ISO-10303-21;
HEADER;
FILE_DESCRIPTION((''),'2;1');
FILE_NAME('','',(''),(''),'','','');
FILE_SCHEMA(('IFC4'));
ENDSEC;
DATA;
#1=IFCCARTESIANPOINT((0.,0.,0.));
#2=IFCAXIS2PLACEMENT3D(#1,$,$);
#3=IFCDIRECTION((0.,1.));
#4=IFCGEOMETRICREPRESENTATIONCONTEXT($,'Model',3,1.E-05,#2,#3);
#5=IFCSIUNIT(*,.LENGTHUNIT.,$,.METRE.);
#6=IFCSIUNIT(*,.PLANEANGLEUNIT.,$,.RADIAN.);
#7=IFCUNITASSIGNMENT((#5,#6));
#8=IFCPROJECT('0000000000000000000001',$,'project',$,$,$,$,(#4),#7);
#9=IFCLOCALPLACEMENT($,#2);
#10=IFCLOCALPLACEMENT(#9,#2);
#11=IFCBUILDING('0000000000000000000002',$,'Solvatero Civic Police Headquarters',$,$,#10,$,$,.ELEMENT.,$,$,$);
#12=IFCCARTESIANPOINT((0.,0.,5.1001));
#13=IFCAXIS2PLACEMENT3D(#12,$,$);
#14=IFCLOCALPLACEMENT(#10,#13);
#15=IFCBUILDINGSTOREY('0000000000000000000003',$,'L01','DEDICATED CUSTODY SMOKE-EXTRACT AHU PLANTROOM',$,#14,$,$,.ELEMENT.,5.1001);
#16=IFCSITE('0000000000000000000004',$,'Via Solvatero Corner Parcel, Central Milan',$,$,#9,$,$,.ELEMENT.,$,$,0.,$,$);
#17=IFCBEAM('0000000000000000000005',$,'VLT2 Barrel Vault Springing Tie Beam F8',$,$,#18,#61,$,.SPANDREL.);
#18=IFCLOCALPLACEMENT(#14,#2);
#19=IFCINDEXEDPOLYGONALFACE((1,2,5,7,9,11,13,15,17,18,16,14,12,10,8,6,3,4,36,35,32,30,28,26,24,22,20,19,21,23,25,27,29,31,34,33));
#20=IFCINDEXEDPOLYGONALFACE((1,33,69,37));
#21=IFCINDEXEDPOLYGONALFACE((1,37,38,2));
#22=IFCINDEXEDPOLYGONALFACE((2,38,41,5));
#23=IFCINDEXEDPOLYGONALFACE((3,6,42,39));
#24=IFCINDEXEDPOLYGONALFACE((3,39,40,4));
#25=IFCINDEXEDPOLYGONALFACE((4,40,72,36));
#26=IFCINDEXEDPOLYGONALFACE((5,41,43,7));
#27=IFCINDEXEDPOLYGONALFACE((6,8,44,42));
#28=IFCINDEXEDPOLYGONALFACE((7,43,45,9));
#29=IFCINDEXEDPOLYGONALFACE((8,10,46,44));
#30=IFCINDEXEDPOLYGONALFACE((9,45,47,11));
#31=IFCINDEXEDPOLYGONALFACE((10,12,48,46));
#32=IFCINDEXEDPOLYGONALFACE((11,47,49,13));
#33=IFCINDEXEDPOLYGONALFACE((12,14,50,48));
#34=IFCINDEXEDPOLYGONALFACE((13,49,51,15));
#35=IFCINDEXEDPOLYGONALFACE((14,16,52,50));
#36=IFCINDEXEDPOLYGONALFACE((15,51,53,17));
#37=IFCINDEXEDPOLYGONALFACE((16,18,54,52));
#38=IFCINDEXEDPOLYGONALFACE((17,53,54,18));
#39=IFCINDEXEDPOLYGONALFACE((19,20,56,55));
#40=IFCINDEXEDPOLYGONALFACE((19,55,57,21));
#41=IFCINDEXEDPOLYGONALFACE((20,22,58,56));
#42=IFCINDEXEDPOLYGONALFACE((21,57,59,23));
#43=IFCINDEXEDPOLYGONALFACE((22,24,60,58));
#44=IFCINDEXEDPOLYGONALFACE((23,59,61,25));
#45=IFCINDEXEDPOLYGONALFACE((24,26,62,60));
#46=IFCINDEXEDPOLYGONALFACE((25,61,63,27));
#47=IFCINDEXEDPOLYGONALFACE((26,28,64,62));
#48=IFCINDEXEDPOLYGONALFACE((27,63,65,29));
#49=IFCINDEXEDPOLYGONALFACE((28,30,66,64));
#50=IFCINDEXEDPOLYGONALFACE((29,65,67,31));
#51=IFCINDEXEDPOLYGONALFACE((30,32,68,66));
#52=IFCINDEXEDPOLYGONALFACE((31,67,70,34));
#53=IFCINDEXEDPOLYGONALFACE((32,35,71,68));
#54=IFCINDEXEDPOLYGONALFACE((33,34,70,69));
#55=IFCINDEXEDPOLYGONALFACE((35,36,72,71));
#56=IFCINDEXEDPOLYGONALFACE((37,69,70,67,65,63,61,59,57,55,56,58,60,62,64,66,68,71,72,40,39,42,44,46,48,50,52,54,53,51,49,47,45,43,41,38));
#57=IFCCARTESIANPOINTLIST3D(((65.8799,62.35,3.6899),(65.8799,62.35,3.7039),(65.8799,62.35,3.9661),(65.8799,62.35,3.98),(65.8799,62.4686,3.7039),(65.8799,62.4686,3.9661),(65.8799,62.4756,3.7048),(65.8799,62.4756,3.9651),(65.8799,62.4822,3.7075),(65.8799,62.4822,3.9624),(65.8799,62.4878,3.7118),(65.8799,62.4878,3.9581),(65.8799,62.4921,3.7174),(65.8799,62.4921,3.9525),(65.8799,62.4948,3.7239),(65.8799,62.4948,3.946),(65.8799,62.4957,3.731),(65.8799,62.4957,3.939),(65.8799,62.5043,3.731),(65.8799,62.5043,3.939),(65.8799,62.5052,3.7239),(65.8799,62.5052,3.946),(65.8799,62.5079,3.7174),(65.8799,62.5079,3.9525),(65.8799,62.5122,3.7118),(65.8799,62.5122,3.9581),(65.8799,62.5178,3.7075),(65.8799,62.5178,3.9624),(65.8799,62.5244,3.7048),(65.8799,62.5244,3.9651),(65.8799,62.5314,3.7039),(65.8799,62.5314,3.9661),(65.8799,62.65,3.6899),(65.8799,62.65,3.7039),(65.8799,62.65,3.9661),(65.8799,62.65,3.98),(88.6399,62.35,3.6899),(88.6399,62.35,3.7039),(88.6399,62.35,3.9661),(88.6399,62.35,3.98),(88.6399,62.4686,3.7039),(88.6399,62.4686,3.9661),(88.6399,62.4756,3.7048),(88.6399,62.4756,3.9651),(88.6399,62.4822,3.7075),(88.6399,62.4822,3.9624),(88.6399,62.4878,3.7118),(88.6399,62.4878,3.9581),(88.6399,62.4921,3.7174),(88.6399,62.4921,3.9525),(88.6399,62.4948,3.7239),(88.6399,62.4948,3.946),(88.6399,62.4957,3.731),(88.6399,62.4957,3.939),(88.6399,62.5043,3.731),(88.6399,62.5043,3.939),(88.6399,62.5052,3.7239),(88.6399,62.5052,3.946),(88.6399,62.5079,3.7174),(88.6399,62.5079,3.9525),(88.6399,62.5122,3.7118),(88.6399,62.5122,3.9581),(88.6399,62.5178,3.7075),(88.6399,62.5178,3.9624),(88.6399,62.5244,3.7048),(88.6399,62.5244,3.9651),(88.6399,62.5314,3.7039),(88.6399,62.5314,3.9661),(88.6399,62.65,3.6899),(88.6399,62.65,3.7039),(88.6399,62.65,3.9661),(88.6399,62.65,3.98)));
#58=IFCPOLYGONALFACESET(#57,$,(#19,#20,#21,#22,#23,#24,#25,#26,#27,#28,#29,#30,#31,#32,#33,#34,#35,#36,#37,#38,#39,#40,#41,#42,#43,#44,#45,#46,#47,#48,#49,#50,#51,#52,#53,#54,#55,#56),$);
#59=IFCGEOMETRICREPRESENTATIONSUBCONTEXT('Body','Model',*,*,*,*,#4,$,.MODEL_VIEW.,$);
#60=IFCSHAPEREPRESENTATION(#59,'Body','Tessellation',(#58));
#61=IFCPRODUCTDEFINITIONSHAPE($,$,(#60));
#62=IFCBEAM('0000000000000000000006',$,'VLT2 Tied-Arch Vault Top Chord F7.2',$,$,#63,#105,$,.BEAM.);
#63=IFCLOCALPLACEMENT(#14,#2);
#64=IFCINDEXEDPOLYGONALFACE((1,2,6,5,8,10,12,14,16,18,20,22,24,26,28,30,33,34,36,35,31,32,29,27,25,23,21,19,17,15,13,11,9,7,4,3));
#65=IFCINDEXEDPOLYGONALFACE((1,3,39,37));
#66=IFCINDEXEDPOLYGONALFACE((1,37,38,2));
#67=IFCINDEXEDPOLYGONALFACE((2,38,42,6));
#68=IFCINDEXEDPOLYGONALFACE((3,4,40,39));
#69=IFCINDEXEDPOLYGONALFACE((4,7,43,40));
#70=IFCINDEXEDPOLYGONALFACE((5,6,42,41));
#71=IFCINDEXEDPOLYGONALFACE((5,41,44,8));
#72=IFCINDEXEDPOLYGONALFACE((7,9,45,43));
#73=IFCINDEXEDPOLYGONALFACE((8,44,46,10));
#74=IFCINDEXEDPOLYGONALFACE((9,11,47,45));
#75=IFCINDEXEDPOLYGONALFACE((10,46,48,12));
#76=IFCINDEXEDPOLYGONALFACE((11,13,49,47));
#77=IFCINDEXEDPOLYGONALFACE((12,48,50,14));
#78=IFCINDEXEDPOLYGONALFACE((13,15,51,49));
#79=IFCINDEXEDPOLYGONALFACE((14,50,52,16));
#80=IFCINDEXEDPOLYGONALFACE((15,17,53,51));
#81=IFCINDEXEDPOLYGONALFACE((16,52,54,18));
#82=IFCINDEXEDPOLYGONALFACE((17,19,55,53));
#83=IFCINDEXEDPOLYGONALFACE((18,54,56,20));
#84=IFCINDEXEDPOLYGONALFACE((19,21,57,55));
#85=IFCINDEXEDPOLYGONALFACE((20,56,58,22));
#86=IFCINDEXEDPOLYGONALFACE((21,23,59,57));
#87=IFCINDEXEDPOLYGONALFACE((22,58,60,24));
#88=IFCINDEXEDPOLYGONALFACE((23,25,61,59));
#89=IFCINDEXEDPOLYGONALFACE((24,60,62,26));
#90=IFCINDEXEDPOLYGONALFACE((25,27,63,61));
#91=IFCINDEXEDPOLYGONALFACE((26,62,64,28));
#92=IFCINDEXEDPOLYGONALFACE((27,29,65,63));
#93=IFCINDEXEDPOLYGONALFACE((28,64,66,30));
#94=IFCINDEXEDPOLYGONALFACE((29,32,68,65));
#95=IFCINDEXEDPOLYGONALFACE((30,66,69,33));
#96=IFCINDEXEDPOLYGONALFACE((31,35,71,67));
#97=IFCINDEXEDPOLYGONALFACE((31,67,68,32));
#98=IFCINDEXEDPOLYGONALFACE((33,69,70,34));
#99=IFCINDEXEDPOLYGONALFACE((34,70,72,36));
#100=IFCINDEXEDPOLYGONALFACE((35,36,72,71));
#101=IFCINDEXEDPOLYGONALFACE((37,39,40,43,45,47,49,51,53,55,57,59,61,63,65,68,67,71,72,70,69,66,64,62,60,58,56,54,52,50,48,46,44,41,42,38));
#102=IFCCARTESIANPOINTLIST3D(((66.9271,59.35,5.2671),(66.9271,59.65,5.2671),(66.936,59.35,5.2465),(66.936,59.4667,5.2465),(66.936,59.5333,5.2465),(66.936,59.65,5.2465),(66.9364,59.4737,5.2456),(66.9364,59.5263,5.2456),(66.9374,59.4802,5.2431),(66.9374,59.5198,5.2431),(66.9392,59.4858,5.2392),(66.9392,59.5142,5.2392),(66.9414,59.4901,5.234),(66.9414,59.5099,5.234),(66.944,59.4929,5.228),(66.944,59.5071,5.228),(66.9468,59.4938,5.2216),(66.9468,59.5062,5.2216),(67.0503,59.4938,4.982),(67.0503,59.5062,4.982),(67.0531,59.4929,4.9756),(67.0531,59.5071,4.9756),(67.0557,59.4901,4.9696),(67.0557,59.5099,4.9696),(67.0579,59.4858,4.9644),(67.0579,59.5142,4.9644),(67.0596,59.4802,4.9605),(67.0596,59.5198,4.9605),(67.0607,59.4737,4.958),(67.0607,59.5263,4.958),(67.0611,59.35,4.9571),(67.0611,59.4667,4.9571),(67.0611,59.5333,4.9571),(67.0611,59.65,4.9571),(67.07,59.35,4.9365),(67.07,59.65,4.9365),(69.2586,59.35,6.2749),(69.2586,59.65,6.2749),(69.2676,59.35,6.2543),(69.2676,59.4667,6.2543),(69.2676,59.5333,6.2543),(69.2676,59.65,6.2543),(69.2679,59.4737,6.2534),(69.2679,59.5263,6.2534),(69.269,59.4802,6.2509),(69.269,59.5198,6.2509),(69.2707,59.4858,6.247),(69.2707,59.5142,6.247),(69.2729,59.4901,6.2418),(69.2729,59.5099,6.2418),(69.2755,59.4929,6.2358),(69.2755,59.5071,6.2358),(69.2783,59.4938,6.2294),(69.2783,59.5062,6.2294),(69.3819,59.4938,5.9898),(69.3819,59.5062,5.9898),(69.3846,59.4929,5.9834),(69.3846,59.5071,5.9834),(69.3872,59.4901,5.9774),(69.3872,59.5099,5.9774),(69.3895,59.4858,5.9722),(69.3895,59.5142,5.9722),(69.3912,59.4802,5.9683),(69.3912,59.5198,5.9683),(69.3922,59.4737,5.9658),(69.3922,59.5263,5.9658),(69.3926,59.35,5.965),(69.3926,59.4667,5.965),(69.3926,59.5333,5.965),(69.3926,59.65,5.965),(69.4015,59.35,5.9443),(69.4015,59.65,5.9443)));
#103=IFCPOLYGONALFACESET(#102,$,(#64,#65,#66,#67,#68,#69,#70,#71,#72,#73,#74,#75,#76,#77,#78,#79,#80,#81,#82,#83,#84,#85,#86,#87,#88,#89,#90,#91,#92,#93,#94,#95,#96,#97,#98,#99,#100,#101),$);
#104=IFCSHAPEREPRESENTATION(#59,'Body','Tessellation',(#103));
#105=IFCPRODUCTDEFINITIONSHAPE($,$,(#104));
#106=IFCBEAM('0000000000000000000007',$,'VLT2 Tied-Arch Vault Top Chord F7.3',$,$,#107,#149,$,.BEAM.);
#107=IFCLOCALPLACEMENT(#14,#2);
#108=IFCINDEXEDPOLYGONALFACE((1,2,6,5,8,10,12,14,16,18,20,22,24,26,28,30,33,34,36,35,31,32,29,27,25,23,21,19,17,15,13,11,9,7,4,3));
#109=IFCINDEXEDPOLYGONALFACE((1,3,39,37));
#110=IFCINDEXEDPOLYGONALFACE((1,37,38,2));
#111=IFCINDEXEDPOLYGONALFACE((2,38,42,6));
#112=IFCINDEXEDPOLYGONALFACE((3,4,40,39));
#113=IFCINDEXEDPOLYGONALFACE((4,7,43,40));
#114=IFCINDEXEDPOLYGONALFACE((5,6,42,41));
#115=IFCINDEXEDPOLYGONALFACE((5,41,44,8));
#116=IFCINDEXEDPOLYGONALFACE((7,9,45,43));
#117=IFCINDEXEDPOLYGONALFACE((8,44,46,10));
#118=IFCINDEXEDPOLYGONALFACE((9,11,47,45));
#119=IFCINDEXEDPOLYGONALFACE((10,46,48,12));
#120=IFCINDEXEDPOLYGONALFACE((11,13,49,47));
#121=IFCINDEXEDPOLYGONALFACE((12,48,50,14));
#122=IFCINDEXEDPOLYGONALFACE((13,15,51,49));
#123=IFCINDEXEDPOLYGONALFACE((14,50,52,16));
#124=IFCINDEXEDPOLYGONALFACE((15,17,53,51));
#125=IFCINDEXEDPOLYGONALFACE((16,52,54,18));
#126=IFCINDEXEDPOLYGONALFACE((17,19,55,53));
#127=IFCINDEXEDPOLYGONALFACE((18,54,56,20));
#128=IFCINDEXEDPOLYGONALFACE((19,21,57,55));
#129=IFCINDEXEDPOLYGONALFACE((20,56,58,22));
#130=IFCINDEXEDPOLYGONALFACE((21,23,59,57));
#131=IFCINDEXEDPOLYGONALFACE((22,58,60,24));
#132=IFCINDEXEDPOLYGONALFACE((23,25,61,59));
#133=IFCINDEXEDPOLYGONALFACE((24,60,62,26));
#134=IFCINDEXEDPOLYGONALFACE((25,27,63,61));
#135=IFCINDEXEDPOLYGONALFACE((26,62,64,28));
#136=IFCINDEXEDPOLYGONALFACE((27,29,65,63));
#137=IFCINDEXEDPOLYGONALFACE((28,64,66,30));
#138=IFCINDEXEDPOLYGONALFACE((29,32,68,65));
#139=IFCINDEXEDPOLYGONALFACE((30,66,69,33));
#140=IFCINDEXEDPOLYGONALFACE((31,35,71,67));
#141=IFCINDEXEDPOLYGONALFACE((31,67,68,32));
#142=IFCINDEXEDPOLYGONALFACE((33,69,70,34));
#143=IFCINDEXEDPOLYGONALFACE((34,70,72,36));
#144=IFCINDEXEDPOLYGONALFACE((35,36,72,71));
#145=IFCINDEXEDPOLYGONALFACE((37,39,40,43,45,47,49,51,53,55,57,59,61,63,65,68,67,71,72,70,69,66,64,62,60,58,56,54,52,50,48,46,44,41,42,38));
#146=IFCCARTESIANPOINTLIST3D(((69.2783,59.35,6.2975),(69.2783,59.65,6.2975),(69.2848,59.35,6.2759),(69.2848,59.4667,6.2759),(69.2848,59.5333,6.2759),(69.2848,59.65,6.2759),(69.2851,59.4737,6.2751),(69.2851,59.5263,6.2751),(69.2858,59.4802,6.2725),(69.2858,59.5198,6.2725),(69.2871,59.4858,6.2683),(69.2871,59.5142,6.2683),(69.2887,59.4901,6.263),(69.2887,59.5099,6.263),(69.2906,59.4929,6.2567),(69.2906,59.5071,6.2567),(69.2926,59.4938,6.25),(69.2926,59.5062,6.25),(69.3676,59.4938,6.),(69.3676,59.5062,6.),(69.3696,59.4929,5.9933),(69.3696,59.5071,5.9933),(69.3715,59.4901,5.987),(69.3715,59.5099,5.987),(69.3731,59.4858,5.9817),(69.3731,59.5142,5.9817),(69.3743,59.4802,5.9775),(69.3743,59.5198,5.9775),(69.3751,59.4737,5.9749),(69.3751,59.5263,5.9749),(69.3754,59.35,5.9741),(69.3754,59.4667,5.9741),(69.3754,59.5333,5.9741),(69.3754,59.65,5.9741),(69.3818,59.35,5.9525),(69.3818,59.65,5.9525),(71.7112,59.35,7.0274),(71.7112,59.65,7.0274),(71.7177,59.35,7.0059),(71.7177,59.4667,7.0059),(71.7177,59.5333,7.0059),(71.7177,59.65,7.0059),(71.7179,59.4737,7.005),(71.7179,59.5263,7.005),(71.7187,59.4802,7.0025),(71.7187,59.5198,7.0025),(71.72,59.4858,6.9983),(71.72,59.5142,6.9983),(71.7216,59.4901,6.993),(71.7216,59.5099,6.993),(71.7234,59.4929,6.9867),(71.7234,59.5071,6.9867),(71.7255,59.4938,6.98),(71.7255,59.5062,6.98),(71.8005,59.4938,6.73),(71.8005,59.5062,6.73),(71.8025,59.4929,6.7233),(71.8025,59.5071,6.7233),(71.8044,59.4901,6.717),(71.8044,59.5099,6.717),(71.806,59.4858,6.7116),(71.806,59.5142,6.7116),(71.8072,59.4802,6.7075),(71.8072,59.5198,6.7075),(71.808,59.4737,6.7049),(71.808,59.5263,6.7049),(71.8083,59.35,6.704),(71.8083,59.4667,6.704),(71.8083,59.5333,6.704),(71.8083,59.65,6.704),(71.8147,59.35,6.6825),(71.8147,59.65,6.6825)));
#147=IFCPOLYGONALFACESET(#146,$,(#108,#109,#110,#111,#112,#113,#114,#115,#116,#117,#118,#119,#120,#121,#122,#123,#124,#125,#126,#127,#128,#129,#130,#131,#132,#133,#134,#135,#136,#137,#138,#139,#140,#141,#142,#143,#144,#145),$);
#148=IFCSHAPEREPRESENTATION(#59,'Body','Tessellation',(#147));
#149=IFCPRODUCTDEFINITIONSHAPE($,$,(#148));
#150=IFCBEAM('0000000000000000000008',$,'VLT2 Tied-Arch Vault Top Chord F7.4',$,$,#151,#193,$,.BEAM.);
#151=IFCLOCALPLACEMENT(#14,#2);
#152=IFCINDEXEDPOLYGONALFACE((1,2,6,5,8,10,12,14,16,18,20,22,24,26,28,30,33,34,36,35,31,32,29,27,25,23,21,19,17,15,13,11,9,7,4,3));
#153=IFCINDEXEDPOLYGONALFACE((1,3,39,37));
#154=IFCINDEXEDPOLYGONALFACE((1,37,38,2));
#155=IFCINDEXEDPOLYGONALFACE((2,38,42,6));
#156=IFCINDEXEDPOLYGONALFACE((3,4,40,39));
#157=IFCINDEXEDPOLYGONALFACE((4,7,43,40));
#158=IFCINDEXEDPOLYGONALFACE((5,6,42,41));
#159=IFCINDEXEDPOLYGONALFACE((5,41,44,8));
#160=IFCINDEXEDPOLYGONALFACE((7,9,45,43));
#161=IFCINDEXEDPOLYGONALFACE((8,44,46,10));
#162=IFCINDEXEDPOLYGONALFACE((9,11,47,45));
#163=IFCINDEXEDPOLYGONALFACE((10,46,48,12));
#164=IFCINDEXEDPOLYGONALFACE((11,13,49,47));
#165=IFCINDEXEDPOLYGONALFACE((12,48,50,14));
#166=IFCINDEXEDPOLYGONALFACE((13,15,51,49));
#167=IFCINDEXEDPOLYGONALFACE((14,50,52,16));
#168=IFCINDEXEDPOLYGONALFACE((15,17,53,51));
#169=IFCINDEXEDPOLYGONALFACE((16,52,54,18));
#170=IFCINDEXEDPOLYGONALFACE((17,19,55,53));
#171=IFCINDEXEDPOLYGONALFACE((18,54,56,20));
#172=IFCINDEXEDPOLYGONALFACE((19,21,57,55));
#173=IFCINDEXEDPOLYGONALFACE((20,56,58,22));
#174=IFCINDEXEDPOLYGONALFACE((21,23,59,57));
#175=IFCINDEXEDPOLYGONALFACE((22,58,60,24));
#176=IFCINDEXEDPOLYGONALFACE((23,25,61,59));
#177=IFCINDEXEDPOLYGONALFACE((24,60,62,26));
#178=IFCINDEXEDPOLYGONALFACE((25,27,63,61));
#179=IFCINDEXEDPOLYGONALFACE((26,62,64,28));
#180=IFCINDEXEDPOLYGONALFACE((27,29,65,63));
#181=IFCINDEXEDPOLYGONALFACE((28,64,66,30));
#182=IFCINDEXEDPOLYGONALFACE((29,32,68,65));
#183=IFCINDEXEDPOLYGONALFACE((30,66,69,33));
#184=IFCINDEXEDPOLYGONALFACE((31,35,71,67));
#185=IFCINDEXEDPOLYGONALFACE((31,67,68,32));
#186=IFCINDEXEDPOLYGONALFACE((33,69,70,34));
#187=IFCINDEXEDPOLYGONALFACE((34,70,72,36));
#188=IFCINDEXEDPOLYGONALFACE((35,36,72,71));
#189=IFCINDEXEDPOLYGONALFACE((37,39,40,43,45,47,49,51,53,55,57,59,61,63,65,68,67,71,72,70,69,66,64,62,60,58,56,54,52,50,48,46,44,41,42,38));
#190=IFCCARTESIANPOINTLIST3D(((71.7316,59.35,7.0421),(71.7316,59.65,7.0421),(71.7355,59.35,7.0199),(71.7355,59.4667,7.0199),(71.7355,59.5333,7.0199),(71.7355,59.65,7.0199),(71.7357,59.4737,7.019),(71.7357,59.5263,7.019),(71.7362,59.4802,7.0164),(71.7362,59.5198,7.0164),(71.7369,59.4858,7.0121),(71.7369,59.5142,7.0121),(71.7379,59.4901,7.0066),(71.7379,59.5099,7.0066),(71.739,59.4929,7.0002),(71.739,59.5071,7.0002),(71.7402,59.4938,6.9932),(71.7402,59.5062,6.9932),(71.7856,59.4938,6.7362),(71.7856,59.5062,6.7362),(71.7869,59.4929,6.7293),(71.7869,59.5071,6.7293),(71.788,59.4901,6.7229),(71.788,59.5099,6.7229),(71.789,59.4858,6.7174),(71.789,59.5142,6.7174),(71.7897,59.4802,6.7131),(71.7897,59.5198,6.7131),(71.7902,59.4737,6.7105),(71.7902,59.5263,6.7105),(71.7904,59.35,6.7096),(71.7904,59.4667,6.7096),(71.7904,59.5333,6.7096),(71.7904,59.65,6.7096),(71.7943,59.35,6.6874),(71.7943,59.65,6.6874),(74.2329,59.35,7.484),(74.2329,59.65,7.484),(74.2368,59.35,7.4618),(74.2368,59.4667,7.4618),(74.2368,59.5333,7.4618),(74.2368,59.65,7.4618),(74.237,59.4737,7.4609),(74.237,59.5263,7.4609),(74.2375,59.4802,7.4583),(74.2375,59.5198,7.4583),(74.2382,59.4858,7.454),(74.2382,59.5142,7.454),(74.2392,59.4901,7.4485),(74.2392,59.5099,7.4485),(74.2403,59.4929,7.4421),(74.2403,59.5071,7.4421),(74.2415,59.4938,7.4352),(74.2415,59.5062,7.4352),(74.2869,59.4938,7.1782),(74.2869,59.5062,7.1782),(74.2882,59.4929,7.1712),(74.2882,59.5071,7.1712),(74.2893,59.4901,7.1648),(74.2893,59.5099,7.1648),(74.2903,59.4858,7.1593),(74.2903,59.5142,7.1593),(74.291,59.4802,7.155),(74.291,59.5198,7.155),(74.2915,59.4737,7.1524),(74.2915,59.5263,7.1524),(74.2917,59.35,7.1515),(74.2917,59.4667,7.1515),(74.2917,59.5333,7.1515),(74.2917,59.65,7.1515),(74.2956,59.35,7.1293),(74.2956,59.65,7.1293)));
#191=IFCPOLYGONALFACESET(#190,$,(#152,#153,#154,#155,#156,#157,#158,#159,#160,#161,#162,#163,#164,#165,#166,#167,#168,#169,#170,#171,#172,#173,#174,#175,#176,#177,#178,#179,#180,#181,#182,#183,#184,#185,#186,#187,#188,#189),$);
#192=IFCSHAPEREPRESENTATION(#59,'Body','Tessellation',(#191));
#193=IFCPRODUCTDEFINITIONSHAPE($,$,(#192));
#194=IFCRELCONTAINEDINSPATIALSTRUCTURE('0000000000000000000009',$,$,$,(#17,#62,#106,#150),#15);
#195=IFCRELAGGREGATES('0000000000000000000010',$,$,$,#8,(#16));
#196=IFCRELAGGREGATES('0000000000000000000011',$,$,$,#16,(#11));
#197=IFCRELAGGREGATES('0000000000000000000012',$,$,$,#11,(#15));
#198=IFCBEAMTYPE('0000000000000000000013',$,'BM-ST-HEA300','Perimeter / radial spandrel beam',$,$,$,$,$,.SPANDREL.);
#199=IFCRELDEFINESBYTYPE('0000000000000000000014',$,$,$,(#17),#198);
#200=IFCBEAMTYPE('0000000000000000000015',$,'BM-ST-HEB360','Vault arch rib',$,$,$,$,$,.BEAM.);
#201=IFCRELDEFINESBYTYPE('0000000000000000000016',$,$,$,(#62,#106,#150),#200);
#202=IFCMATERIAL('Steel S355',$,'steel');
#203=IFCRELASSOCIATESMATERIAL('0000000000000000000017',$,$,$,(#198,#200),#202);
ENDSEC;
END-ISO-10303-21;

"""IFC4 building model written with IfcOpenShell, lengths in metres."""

from ifc_helpers import new_model, si_unit, direction, frame, origin, origin_2d, place, context, subcontext, project, spatial, i_section, extrude, material, material_profile, profile_set, type_object, element, save


model = new_model("IFC4")

# Units and contexts
model_context = context("Model", 3, precision=1e-05, world=origin(), true_north=direction((0.0, 1.0)))
body_context = subcontext(model_context, "Body", "Model", "MODEL_VIEW")
ifc_project = project(units=[si_unit("LENGTHUNIT", "METRE"), si_unit("PLANEANGLEUNIT", "RADIAN")], contexts=[model_context])

# Site, building, storey
site_placement = place(None, origin())
site = spatial("IfcSite", under=ifc_project, at=site_placement, Name="Via Solvatero Corner Parcel, Central Milan", CompositionType="ELEMENT", RefElevation=0.0)
building_placement = place(site_placement, origin())
building = spatial("IfcBuilding", under=site, at=building_placement, Name="Solvatero Civic Police Headquarters", CompositionType="ELEMENT")
storey_placement = place(building_placement, frame((0.0, 0.0, 5.1001)))
storey = spatial("IfcBuildingStorey", under=building, at=storey_placement, Name="L01", Description="DEDICATED CUSTODY SMOKE-EXTRACT AHU PLANTROOM", CompositionType="ELEMENT", Elevation=5.1001)

# Beams
ifc_material_1 = material(Name="Steel S355", Category="steel")
ifc_material_profile_1 = material_profile(ifc_material_1, i_section(OverallWidth=0.3, OverallDepth=0.29, WebThickness=0.0085, FlangeThickness=0.0139, FilletRadius=0.0271, at=origin_2d()), Name="HEA 300")
ifc_profile_set_1 = profile_set([ifc_material_profile_1], Name="Steel S355")
beam_type_1 = type_object("IfcBeamType", Name="BM-ST-HEA300", Description="Perimeter / radial spandrel beam", PredefinedType="SPANDREL", material=ifc_profile_set_1)
beam_placement = place(storey_placement, frame((65.8799, 62.5, 3.835), z_axis=(1.0, 0.0, 0.0), x_axis=(0.0, 1.0, 0.0)))
element("IfcBeam", 1, at=beam_placement, inside=storey, type_object=beam_type_1, Name="VLT2 Barrel Vault Springing Tie Beam F8", PredefinedType="SPANDREL", context=body_context, shape_type="SweptSolid", body=[
    extrude(i_section(OverallWidth=0.3, OverallDepth=0.29, WebThickness=0.0085, FlangeThickness=0.0139, FilletRadius=0.0271, at=origin_2d()), origin(), (0.0, 0.0, 1.0), 22.76),
])
ifc_material_profile_2 = material_profile(ifc_material_1, i_section(OverallWidth=0.3, OverallDepth=0.3601, WebThickness=0.0125, FlangeThickness=0.0225, FilletRadius=0.0271, at=origin_2d()), Name="HEB 360")
ifc_profile_set_2 = profile_set([ifc_material_profile_2], Name="Steel S355")
beam_type_2 = type_object("IfcBeamType", Name="BM-ST-HEB360", Description="Vault arch rib", PredefinedType="BEAM", material=ifc_profile_set_2)
for number, where, z_axis, x_axis, name in (
    (2, (66.9985, 59.5, 5.1018), (0.917918, 0.0, 0.396771), (0.0, 1.0, 0.0), "VLT2 Tied-Arch Vault Top Chord F7.2"),
    (3, (69.3301, 59.5, 6.125), (0.957813, 0.0, 0.287392), (0.0, 1.0, 0.0), "VLT2 Tied-Arch Vault Top Chord F7.3"),
    (4, (71.7629, 59.5, 6.8647), (0.98475, 0.0, 0.173977), (0.0, 1.0, 0.0), "VLT2 Tied-Arch Vault Top Chord F7.4"),
):
    element("IfcBeam", number, at=place(storey_placement, frame(where, z_axis=z_axis, x_axis=x_axis)), inside=storey, type_object=beam_type_2, Name=name, PredefinedType="BEAM", context=body_context, shape_type="SweptSolid", body=[
        extrude(i_section(OverallWidth=0.3, OverallDepth=0.3601, WebThickness=0.0125, FlangeThickness=0.0225, FilletRadius=0.0271, at=origin_2d()), origin(), (0.0, 0.0, 1.0), 2.54),
    ])

save(model, "model.ifc")
